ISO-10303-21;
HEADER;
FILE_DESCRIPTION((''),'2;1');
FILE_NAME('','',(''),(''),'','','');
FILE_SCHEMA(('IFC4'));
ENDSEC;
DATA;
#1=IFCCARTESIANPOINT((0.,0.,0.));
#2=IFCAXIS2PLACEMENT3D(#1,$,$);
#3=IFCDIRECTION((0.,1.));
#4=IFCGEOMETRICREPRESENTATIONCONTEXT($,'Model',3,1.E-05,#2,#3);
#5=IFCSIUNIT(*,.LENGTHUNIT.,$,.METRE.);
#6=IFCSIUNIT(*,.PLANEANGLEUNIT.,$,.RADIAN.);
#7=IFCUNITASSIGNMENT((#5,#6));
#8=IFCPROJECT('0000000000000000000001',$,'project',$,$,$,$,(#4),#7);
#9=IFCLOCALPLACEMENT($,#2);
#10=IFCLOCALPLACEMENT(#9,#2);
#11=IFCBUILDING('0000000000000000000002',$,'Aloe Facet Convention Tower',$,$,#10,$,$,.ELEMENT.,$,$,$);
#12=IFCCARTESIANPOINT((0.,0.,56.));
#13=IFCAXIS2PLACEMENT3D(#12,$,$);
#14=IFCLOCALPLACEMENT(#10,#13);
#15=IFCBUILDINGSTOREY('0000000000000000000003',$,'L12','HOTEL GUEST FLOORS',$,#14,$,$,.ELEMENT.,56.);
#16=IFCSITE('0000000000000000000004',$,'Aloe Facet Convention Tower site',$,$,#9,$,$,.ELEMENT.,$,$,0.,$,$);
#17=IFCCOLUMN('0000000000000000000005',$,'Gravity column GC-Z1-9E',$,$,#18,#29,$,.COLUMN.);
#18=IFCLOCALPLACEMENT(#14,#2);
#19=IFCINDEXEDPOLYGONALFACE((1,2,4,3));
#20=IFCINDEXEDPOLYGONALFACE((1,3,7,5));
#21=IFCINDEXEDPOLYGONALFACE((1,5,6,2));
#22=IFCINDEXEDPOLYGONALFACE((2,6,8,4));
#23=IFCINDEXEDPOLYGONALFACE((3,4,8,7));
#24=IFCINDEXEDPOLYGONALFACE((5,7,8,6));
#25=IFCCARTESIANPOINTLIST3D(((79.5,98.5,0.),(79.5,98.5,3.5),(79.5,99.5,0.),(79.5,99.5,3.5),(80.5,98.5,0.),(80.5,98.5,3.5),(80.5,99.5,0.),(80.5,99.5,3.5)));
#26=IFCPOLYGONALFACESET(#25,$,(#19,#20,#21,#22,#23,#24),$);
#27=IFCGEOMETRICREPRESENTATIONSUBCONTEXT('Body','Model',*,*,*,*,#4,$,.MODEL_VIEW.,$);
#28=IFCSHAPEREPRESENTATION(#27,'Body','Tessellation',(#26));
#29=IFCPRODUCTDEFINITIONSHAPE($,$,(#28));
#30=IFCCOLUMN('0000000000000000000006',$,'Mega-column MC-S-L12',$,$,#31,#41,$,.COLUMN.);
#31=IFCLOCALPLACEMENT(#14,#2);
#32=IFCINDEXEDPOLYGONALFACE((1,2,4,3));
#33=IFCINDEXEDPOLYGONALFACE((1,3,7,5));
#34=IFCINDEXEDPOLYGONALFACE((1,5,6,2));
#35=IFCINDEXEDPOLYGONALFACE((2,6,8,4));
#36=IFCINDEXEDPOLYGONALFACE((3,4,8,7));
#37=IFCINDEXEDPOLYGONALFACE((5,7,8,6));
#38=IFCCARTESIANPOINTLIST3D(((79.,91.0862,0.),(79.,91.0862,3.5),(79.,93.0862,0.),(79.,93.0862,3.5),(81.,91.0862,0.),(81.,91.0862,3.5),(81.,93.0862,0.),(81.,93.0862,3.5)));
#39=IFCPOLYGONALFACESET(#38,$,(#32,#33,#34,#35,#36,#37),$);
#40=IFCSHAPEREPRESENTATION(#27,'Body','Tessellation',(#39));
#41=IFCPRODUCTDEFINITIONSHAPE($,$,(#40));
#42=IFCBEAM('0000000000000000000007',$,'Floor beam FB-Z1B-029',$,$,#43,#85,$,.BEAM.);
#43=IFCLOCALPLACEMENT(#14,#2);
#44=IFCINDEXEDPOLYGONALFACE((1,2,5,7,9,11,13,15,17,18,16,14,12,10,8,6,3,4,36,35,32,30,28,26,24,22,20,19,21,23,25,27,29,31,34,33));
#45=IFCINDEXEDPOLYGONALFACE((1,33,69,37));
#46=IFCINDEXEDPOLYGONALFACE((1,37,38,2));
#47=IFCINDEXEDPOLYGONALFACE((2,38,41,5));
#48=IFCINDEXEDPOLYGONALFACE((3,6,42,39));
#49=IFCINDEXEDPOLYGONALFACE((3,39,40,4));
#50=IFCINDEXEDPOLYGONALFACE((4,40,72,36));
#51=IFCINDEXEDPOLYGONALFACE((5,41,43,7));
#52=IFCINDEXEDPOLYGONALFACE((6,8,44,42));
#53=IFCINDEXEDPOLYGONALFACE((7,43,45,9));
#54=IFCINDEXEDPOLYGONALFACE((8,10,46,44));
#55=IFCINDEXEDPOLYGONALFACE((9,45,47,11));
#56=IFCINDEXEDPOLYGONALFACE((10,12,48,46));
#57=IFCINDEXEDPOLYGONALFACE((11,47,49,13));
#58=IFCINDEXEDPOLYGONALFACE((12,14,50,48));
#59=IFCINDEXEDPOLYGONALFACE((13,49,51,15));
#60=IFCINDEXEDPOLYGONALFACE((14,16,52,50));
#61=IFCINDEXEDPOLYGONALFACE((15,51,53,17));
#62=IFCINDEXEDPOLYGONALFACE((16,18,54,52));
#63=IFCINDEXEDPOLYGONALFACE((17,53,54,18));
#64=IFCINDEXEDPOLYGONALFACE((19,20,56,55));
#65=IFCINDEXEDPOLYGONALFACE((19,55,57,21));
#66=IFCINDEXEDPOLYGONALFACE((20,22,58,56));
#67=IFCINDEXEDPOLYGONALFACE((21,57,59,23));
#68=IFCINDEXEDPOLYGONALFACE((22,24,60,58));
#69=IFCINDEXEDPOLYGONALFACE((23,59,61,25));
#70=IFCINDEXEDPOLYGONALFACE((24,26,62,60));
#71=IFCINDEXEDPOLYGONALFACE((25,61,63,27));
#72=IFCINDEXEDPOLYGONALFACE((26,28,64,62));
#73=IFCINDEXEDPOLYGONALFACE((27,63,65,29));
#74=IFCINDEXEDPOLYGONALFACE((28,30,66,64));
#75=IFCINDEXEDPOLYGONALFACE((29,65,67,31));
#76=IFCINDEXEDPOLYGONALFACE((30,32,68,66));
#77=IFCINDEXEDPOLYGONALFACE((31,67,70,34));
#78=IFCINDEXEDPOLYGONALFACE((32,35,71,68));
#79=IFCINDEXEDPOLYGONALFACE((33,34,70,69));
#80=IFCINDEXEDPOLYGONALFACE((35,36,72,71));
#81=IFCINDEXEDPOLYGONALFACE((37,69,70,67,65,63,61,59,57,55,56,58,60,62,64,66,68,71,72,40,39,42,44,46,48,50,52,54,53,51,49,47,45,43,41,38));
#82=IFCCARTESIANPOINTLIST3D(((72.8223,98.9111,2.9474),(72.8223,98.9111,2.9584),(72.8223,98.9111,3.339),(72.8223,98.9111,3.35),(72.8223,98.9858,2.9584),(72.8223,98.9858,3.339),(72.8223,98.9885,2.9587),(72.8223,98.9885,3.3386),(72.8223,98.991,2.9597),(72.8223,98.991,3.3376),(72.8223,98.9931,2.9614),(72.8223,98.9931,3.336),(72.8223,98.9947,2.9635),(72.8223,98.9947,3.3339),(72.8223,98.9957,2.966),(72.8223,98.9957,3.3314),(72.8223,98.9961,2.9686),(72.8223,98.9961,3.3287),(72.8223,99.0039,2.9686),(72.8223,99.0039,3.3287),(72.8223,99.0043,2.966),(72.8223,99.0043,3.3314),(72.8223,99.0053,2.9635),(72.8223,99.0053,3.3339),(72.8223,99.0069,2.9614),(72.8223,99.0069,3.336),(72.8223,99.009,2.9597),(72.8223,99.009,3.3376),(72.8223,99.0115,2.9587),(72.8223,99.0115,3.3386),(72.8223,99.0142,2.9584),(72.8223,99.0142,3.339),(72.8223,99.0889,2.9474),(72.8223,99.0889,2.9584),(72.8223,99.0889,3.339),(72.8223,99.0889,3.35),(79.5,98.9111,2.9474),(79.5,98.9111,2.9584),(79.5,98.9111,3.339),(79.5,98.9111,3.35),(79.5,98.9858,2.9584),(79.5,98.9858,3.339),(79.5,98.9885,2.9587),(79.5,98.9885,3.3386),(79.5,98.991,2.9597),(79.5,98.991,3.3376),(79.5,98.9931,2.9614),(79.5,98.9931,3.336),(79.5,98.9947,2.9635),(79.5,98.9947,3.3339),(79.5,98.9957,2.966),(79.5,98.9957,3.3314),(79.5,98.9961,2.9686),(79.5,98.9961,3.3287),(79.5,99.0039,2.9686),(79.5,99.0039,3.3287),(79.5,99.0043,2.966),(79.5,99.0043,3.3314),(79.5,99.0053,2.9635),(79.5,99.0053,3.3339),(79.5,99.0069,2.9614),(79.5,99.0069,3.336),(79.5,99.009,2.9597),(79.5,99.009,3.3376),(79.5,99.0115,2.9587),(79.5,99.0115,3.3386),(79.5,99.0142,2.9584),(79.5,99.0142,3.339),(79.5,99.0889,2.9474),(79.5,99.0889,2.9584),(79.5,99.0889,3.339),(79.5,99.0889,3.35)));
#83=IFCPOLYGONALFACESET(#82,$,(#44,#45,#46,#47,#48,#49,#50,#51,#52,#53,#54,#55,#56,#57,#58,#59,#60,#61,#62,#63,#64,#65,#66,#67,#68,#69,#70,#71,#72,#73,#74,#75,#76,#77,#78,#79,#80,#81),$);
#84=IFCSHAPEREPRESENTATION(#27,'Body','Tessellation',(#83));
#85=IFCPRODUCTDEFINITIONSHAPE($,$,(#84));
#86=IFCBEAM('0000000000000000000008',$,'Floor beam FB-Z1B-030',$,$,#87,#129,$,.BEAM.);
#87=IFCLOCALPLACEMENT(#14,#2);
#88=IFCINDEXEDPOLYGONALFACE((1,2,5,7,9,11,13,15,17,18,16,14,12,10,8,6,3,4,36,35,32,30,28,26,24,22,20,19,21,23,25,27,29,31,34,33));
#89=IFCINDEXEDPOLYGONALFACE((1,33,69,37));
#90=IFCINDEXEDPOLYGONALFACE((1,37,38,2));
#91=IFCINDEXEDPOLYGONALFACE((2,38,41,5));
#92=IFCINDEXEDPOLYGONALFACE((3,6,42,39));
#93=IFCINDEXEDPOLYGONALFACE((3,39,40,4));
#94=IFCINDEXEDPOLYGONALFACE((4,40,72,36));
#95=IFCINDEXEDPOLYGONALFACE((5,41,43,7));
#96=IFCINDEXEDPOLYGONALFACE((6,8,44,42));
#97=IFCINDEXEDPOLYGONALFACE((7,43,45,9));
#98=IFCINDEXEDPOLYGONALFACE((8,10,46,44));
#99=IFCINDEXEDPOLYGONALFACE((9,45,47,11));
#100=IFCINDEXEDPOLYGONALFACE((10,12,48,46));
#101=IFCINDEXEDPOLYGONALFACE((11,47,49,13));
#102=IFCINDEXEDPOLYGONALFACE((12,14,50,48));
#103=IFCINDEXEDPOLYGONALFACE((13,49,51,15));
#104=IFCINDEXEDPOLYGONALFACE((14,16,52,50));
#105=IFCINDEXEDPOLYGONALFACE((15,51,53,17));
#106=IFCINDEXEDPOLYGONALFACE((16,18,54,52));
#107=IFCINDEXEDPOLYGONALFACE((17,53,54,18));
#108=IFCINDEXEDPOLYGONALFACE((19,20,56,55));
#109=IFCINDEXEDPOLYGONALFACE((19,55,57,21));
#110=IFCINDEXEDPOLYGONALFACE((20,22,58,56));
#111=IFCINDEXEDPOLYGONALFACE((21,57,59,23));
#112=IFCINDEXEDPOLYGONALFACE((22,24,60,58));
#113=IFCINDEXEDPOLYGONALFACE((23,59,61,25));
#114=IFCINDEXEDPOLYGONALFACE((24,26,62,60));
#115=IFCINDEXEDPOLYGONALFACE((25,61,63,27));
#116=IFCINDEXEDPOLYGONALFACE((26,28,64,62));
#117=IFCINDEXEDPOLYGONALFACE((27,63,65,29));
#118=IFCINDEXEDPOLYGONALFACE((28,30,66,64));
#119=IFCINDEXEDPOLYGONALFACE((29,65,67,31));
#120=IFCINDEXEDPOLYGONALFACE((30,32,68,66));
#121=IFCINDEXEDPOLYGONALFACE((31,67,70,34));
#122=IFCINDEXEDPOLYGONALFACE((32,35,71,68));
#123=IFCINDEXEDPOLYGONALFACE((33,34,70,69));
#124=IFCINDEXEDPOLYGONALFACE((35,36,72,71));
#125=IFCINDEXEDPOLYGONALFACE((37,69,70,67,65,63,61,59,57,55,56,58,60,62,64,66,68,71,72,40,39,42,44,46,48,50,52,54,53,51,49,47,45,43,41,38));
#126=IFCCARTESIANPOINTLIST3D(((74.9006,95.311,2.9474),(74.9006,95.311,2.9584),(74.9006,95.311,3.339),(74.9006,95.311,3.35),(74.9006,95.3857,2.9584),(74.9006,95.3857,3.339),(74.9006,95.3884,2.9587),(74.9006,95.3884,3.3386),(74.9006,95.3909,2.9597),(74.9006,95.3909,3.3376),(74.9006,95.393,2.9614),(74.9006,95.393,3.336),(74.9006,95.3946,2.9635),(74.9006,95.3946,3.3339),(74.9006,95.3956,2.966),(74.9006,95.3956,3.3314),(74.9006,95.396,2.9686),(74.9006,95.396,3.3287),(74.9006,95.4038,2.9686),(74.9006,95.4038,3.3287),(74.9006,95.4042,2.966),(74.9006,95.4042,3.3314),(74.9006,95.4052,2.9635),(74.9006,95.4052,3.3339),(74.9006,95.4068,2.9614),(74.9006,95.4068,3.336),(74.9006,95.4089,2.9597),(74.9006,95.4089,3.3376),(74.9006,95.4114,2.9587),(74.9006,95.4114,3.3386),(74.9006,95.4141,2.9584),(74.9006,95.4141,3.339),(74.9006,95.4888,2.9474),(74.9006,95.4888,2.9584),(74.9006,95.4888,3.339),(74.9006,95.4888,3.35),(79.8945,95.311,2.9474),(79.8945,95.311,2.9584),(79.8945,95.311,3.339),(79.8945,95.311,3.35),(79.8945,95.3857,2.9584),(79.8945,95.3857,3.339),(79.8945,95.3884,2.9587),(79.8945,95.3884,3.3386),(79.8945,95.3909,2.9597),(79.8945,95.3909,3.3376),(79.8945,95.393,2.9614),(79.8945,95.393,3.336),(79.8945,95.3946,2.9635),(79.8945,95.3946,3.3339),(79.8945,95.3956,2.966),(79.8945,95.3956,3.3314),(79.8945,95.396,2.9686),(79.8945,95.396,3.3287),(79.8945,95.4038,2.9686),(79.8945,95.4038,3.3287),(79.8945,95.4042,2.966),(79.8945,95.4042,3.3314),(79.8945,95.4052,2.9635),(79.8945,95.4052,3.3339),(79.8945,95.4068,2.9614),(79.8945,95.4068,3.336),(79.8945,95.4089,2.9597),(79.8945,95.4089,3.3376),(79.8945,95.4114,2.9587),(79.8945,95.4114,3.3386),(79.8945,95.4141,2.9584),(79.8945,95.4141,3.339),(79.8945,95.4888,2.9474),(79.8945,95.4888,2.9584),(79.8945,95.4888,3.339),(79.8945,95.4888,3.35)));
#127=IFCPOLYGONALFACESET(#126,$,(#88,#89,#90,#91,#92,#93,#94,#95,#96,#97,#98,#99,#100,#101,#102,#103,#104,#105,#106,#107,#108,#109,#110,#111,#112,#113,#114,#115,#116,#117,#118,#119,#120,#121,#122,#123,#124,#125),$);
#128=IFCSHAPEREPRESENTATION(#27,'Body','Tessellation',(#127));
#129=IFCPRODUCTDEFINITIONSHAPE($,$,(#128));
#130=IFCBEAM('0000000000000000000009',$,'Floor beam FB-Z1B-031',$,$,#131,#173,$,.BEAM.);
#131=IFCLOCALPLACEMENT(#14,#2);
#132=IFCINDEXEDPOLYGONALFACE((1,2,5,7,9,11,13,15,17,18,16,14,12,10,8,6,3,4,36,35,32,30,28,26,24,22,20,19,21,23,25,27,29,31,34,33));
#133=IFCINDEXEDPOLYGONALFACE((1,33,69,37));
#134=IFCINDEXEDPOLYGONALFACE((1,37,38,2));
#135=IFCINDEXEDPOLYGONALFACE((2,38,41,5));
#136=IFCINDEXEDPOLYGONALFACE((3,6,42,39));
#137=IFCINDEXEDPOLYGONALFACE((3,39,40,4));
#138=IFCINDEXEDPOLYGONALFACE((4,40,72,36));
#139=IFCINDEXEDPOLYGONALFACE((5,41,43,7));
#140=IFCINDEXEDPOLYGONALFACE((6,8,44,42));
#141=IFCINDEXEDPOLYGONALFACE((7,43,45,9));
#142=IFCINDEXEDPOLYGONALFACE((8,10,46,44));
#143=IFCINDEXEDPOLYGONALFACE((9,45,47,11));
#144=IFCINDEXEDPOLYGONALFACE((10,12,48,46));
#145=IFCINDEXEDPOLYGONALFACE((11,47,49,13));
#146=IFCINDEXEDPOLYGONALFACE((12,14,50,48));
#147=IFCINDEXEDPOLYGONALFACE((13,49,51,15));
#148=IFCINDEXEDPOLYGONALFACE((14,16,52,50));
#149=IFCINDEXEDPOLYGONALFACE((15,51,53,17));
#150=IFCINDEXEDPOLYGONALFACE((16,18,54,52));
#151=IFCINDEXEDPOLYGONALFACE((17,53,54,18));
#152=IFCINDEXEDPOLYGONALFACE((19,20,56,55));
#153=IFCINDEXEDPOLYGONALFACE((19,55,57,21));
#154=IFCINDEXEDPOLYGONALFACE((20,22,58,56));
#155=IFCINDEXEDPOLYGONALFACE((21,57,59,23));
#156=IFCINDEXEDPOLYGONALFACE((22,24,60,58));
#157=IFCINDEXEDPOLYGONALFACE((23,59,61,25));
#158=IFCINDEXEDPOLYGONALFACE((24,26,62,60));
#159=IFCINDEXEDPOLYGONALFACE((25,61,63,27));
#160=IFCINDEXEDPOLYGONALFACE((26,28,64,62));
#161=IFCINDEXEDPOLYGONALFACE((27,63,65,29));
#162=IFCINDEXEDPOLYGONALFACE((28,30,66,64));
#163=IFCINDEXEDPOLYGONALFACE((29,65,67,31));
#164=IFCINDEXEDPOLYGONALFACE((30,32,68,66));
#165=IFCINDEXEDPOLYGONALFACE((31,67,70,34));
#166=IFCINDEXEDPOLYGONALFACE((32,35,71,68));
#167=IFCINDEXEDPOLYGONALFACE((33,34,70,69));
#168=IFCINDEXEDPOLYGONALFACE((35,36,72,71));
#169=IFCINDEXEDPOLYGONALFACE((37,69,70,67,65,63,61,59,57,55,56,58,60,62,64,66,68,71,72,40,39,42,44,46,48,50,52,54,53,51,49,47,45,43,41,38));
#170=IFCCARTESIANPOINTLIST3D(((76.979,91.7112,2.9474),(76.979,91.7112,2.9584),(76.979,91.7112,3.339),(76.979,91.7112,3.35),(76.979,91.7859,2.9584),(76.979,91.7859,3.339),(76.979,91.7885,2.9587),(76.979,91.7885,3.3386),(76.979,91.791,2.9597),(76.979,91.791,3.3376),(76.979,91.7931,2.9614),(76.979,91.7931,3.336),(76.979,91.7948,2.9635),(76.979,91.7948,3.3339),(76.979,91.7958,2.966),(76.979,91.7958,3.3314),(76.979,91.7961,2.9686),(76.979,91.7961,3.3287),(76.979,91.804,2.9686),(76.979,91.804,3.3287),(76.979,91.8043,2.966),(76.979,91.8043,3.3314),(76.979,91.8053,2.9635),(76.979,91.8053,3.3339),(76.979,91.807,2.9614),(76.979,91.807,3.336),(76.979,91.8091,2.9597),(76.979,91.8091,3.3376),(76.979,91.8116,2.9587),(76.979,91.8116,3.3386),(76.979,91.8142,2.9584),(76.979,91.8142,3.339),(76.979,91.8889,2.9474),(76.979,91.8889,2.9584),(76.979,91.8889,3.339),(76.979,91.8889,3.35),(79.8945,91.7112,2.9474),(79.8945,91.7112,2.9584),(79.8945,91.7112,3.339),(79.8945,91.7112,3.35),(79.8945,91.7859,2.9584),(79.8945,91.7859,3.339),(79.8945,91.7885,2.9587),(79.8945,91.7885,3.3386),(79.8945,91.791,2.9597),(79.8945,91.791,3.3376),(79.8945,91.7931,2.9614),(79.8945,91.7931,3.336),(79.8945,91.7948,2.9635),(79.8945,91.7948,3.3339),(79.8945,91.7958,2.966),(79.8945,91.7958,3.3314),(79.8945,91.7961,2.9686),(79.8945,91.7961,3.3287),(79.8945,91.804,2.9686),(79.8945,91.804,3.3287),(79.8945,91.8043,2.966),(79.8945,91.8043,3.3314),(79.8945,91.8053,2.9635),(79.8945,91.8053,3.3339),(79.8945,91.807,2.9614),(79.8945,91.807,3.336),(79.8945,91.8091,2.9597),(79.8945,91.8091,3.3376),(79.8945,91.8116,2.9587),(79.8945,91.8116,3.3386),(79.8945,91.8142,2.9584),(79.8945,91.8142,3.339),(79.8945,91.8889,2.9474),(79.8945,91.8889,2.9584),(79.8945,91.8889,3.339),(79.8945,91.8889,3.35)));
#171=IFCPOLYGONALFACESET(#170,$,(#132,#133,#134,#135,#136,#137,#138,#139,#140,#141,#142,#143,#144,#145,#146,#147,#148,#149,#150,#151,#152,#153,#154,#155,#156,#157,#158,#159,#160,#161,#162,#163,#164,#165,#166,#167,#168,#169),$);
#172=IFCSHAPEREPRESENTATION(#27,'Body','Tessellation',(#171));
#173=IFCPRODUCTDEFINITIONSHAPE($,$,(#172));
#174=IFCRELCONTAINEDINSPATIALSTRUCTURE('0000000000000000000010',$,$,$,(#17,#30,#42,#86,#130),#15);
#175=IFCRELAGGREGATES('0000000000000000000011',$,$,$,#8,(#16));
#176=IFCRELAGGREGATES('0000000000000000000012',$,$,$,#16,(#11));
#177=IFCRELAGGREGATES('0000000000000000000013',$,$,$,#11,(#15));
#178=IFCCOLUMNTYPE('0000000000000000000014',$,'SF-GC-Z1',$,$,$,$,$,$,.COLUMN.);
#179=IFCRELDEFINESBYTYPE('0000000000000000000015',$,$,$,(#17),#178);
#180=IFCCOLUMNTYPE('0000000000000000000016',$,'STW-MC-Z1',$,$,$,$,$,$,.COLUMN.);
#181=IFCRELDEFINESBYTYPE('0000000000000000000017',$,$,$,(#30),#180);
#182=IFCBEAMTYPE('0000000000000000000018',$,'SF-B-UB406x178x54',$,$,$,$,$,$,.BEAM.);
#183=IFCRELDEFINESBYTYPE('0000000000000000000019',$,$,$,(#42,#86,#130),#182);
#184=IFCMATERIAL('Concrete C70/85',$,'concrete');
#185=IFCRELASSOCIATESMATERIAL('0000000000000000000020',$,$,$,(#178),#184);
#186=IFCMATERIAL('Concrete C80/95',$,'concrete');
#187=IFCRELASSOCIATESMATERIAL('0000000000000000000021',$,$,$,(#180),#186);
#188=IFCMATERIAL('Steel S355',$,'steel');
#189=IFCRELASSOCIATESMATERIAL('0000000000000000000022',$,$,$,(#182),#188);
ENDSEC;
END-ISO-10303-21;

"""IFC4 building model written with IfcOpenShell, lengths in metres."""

from ifc_helpers import new_model, si_unit, direction, frame, origin, origin_2d, place, context, subcontext, project, spatial, rectangle, i_section, extrude, material, material_profile, profile_set, type_object, element, save


model = new_model("IFC4")

# Units and contexts
model_context = context("Model", 3, precision=1e-05, world=origin(), true_north=direction((0.0, 1.0)))
body_context = subcontext(model_context, "Body", "Model", "MODEL_VIEW")
ifc_project = project(units=[si_unit("LENGTHUNIT", "METRE"), si_unit("PLANEANGLEUNIT", "RADIAN")], contexts=[model_context])

# Site, building, storey
site_placement = place(None, origin())
site = spatial("IfcSite", under=ifc_project, at=site_placement, Name="Aloe Facet Convention Tower site", CompositionType="ELEMENT", RefElevation=0.0)
building_placement = place(site_placement, origin())
building = spatial("IfcBuilding", under=site, at=building_placement, Name="Aloe Facet Convention Tower", CompositionType="ELEMENT")
storey_placement = place(building_placement, frame((0.0, 0.0, 56.0)))
storey = spatial("IfcBuildingStorey", under=building, at=storey_placement, Name="L12", Description="HOTEL GUEST FLOORS", CompositionType="ELEMENT", Elevation=56.0)

# Columns
ifc_material_1 = material(Name="Concrete C70/85", Category="concrete")
ifc_material_profile_1 = material_profile(ifc_material_1, rectangle(XDim=1.0, YDim=1.0, at=origin_2d()), Name="SF-GC-Z1")
ifc_profile_set_1 = profile_set([ifc_material_profile_1], Name="Concrete C70/85")
column_type_1 = type_object("IfcColumnType", Name="SF-GC-Z1", PredefinedType="COLUMN", material=ifc_profile_set_1)
column_1_placement = place(storey_placement, frame((80.0, 99.0, 0.0), z_axis=(0.0, 0.0, 1.0), x_axis=(1.0, 0.0, 0.0)))
element("IfcColumn", 1, at=column_1_placement, inside=storey, type_object=column_type_1, Name="Gravity column GC-Z1-9E", PredefinedType="COLUMN", context=body_context, shape_type="SweptSolid", body=[
    extrude(rectangle(XDim=1.0, YDim=1.0, at=origin_2d()), origin(), (0.0, 0.0, 1.0), 3.5),
])
ifc_material_2 = material(Name="Concrete C80/95", Category="concrete")
ifc_material_profile_2 = material_profile(ifc_material_2, rectangle(XDim=2.0, YDim=2.0, at=origin_2d()), Name="STW-MC-Z1")
ifc_profile_set_2 = profile_set([ifc_material_profile_2], Name="Concrete C80/95")
column_type_2 = type_object("IfcColumnType", Name="STW-MC-Z1", PredefinedType="COLUMN", material=ifc_profile_set_2)
column_2_placement = place(storey_placement, frame((80.0, 92.0862, 0.0), z_axis=(0.0, 0.0, 1.0), x_axis=(1.0, 0.0, 0.0)))
element("IfcColumn", 2, at=column_2_placement, inside=storey, type_object=column_type_2, Name="Mega-column MC-S-L12", PredefinedType="COLUMN", context=body_context, shape_type="SweptSolid", body=[
    extrude(rectangle(XDim=2.0, YDim=2.0, at=origin_2d()), origin(), (0.0, 0.0, 1.0), 3.5),
])

# Beams
ifc_material_3 = material(Name="Steel S355", Category="steel")
ifc_material_profile_3 = material_profile(ifc_material_3, i_section(OverallWidth=0.1777, OverallDepth=0.4026, WebThickness=0.0078, FlangeThickness=0.011, FilletRadius=0.0103, at=origin_2d()), Name="UB 406x178x54")
ifc_profile_set_3 = profile_set([ifc_material_profile_3], Name="Steel S355")
beam_type_1 = type_object("IfcBeamType", Name="SF-B-UB406x178x54", PredefinedType="BEAM", material=ifc_profile_set_3)
beam_1_placement = place(storey_placement, frame((72.8223, 99.0, 3.1487), z_axis=(1.0, 0.0, 0.0), x_axis=(0.0, 1.0, 0.0)))
element("IfcBeam", 3, at=beam_1_placement, inside=storey, type_object=beam_type_1, Name="Floor beam FB-Z1B-029", PredefinedType="BEAM", context=body_context, shape_type="SweptSolid", body=[
    extrude(i_section(OverallWidth=0.1777, OverallDepth=0.4026, WebThickness=0.0078, FlangeThickness=0.011, FilletRadius=0.0103, at=origin_2d()), origin(), (0.0, 0.0, 1.0), 6.6777),
])
beam_2_placement = place(storey_placement, frame((74.9006, 95.3999, 3.1487), z_axis=(1.0, 0.0, 0.0), x_axis=(0.0, 1.0, 0.0)))
element("IfcBeam", 4, at=beam_2_placement, inside=storey, type_object=beam_type_1, Name="Floor beam FB-Z1B-030", PredefinedType="BEAM", context=body_context, shape_type="SweptSolid", body=[
    extrude(i_section(OverallWidth=0.1777, OverallDepth=0.4026, WebThickness=0.0078, FlangeThickness=0.011, FilletRadius=0.0103, at=origin_2d()), origin(), (0.0, 0.0, 1.0), 4.9939),
])
for number, where, z_axis, x_axis, name in (
    (5, (76.979, 91.8, 3.1487), (1.0, 0.0, 0.0), (0.0, 1.0, 0.0), "Floor beam FB-Z1B-031"),
):
    element("IfcBeam", number, at=place(storey_placement, frame(where, z_axis=z_axis, x_axis=x_axis)), inside=storey, type_object=beam_type_1, Name=name, PredefinedType="BEAM", context=body_context, shape_type="SweptSolid", body=[
        extrude(i_section(OverallWidth=0.1777, OverallDepth=0.4026, WebThickness=0.0078, FlangeThickness=0.011, FilletRadius=0.0103, at=origin_2d()), origin(), (0.0, 0.0, 1.0), 2.9155),
    ])

save(model, "model.ifc")
